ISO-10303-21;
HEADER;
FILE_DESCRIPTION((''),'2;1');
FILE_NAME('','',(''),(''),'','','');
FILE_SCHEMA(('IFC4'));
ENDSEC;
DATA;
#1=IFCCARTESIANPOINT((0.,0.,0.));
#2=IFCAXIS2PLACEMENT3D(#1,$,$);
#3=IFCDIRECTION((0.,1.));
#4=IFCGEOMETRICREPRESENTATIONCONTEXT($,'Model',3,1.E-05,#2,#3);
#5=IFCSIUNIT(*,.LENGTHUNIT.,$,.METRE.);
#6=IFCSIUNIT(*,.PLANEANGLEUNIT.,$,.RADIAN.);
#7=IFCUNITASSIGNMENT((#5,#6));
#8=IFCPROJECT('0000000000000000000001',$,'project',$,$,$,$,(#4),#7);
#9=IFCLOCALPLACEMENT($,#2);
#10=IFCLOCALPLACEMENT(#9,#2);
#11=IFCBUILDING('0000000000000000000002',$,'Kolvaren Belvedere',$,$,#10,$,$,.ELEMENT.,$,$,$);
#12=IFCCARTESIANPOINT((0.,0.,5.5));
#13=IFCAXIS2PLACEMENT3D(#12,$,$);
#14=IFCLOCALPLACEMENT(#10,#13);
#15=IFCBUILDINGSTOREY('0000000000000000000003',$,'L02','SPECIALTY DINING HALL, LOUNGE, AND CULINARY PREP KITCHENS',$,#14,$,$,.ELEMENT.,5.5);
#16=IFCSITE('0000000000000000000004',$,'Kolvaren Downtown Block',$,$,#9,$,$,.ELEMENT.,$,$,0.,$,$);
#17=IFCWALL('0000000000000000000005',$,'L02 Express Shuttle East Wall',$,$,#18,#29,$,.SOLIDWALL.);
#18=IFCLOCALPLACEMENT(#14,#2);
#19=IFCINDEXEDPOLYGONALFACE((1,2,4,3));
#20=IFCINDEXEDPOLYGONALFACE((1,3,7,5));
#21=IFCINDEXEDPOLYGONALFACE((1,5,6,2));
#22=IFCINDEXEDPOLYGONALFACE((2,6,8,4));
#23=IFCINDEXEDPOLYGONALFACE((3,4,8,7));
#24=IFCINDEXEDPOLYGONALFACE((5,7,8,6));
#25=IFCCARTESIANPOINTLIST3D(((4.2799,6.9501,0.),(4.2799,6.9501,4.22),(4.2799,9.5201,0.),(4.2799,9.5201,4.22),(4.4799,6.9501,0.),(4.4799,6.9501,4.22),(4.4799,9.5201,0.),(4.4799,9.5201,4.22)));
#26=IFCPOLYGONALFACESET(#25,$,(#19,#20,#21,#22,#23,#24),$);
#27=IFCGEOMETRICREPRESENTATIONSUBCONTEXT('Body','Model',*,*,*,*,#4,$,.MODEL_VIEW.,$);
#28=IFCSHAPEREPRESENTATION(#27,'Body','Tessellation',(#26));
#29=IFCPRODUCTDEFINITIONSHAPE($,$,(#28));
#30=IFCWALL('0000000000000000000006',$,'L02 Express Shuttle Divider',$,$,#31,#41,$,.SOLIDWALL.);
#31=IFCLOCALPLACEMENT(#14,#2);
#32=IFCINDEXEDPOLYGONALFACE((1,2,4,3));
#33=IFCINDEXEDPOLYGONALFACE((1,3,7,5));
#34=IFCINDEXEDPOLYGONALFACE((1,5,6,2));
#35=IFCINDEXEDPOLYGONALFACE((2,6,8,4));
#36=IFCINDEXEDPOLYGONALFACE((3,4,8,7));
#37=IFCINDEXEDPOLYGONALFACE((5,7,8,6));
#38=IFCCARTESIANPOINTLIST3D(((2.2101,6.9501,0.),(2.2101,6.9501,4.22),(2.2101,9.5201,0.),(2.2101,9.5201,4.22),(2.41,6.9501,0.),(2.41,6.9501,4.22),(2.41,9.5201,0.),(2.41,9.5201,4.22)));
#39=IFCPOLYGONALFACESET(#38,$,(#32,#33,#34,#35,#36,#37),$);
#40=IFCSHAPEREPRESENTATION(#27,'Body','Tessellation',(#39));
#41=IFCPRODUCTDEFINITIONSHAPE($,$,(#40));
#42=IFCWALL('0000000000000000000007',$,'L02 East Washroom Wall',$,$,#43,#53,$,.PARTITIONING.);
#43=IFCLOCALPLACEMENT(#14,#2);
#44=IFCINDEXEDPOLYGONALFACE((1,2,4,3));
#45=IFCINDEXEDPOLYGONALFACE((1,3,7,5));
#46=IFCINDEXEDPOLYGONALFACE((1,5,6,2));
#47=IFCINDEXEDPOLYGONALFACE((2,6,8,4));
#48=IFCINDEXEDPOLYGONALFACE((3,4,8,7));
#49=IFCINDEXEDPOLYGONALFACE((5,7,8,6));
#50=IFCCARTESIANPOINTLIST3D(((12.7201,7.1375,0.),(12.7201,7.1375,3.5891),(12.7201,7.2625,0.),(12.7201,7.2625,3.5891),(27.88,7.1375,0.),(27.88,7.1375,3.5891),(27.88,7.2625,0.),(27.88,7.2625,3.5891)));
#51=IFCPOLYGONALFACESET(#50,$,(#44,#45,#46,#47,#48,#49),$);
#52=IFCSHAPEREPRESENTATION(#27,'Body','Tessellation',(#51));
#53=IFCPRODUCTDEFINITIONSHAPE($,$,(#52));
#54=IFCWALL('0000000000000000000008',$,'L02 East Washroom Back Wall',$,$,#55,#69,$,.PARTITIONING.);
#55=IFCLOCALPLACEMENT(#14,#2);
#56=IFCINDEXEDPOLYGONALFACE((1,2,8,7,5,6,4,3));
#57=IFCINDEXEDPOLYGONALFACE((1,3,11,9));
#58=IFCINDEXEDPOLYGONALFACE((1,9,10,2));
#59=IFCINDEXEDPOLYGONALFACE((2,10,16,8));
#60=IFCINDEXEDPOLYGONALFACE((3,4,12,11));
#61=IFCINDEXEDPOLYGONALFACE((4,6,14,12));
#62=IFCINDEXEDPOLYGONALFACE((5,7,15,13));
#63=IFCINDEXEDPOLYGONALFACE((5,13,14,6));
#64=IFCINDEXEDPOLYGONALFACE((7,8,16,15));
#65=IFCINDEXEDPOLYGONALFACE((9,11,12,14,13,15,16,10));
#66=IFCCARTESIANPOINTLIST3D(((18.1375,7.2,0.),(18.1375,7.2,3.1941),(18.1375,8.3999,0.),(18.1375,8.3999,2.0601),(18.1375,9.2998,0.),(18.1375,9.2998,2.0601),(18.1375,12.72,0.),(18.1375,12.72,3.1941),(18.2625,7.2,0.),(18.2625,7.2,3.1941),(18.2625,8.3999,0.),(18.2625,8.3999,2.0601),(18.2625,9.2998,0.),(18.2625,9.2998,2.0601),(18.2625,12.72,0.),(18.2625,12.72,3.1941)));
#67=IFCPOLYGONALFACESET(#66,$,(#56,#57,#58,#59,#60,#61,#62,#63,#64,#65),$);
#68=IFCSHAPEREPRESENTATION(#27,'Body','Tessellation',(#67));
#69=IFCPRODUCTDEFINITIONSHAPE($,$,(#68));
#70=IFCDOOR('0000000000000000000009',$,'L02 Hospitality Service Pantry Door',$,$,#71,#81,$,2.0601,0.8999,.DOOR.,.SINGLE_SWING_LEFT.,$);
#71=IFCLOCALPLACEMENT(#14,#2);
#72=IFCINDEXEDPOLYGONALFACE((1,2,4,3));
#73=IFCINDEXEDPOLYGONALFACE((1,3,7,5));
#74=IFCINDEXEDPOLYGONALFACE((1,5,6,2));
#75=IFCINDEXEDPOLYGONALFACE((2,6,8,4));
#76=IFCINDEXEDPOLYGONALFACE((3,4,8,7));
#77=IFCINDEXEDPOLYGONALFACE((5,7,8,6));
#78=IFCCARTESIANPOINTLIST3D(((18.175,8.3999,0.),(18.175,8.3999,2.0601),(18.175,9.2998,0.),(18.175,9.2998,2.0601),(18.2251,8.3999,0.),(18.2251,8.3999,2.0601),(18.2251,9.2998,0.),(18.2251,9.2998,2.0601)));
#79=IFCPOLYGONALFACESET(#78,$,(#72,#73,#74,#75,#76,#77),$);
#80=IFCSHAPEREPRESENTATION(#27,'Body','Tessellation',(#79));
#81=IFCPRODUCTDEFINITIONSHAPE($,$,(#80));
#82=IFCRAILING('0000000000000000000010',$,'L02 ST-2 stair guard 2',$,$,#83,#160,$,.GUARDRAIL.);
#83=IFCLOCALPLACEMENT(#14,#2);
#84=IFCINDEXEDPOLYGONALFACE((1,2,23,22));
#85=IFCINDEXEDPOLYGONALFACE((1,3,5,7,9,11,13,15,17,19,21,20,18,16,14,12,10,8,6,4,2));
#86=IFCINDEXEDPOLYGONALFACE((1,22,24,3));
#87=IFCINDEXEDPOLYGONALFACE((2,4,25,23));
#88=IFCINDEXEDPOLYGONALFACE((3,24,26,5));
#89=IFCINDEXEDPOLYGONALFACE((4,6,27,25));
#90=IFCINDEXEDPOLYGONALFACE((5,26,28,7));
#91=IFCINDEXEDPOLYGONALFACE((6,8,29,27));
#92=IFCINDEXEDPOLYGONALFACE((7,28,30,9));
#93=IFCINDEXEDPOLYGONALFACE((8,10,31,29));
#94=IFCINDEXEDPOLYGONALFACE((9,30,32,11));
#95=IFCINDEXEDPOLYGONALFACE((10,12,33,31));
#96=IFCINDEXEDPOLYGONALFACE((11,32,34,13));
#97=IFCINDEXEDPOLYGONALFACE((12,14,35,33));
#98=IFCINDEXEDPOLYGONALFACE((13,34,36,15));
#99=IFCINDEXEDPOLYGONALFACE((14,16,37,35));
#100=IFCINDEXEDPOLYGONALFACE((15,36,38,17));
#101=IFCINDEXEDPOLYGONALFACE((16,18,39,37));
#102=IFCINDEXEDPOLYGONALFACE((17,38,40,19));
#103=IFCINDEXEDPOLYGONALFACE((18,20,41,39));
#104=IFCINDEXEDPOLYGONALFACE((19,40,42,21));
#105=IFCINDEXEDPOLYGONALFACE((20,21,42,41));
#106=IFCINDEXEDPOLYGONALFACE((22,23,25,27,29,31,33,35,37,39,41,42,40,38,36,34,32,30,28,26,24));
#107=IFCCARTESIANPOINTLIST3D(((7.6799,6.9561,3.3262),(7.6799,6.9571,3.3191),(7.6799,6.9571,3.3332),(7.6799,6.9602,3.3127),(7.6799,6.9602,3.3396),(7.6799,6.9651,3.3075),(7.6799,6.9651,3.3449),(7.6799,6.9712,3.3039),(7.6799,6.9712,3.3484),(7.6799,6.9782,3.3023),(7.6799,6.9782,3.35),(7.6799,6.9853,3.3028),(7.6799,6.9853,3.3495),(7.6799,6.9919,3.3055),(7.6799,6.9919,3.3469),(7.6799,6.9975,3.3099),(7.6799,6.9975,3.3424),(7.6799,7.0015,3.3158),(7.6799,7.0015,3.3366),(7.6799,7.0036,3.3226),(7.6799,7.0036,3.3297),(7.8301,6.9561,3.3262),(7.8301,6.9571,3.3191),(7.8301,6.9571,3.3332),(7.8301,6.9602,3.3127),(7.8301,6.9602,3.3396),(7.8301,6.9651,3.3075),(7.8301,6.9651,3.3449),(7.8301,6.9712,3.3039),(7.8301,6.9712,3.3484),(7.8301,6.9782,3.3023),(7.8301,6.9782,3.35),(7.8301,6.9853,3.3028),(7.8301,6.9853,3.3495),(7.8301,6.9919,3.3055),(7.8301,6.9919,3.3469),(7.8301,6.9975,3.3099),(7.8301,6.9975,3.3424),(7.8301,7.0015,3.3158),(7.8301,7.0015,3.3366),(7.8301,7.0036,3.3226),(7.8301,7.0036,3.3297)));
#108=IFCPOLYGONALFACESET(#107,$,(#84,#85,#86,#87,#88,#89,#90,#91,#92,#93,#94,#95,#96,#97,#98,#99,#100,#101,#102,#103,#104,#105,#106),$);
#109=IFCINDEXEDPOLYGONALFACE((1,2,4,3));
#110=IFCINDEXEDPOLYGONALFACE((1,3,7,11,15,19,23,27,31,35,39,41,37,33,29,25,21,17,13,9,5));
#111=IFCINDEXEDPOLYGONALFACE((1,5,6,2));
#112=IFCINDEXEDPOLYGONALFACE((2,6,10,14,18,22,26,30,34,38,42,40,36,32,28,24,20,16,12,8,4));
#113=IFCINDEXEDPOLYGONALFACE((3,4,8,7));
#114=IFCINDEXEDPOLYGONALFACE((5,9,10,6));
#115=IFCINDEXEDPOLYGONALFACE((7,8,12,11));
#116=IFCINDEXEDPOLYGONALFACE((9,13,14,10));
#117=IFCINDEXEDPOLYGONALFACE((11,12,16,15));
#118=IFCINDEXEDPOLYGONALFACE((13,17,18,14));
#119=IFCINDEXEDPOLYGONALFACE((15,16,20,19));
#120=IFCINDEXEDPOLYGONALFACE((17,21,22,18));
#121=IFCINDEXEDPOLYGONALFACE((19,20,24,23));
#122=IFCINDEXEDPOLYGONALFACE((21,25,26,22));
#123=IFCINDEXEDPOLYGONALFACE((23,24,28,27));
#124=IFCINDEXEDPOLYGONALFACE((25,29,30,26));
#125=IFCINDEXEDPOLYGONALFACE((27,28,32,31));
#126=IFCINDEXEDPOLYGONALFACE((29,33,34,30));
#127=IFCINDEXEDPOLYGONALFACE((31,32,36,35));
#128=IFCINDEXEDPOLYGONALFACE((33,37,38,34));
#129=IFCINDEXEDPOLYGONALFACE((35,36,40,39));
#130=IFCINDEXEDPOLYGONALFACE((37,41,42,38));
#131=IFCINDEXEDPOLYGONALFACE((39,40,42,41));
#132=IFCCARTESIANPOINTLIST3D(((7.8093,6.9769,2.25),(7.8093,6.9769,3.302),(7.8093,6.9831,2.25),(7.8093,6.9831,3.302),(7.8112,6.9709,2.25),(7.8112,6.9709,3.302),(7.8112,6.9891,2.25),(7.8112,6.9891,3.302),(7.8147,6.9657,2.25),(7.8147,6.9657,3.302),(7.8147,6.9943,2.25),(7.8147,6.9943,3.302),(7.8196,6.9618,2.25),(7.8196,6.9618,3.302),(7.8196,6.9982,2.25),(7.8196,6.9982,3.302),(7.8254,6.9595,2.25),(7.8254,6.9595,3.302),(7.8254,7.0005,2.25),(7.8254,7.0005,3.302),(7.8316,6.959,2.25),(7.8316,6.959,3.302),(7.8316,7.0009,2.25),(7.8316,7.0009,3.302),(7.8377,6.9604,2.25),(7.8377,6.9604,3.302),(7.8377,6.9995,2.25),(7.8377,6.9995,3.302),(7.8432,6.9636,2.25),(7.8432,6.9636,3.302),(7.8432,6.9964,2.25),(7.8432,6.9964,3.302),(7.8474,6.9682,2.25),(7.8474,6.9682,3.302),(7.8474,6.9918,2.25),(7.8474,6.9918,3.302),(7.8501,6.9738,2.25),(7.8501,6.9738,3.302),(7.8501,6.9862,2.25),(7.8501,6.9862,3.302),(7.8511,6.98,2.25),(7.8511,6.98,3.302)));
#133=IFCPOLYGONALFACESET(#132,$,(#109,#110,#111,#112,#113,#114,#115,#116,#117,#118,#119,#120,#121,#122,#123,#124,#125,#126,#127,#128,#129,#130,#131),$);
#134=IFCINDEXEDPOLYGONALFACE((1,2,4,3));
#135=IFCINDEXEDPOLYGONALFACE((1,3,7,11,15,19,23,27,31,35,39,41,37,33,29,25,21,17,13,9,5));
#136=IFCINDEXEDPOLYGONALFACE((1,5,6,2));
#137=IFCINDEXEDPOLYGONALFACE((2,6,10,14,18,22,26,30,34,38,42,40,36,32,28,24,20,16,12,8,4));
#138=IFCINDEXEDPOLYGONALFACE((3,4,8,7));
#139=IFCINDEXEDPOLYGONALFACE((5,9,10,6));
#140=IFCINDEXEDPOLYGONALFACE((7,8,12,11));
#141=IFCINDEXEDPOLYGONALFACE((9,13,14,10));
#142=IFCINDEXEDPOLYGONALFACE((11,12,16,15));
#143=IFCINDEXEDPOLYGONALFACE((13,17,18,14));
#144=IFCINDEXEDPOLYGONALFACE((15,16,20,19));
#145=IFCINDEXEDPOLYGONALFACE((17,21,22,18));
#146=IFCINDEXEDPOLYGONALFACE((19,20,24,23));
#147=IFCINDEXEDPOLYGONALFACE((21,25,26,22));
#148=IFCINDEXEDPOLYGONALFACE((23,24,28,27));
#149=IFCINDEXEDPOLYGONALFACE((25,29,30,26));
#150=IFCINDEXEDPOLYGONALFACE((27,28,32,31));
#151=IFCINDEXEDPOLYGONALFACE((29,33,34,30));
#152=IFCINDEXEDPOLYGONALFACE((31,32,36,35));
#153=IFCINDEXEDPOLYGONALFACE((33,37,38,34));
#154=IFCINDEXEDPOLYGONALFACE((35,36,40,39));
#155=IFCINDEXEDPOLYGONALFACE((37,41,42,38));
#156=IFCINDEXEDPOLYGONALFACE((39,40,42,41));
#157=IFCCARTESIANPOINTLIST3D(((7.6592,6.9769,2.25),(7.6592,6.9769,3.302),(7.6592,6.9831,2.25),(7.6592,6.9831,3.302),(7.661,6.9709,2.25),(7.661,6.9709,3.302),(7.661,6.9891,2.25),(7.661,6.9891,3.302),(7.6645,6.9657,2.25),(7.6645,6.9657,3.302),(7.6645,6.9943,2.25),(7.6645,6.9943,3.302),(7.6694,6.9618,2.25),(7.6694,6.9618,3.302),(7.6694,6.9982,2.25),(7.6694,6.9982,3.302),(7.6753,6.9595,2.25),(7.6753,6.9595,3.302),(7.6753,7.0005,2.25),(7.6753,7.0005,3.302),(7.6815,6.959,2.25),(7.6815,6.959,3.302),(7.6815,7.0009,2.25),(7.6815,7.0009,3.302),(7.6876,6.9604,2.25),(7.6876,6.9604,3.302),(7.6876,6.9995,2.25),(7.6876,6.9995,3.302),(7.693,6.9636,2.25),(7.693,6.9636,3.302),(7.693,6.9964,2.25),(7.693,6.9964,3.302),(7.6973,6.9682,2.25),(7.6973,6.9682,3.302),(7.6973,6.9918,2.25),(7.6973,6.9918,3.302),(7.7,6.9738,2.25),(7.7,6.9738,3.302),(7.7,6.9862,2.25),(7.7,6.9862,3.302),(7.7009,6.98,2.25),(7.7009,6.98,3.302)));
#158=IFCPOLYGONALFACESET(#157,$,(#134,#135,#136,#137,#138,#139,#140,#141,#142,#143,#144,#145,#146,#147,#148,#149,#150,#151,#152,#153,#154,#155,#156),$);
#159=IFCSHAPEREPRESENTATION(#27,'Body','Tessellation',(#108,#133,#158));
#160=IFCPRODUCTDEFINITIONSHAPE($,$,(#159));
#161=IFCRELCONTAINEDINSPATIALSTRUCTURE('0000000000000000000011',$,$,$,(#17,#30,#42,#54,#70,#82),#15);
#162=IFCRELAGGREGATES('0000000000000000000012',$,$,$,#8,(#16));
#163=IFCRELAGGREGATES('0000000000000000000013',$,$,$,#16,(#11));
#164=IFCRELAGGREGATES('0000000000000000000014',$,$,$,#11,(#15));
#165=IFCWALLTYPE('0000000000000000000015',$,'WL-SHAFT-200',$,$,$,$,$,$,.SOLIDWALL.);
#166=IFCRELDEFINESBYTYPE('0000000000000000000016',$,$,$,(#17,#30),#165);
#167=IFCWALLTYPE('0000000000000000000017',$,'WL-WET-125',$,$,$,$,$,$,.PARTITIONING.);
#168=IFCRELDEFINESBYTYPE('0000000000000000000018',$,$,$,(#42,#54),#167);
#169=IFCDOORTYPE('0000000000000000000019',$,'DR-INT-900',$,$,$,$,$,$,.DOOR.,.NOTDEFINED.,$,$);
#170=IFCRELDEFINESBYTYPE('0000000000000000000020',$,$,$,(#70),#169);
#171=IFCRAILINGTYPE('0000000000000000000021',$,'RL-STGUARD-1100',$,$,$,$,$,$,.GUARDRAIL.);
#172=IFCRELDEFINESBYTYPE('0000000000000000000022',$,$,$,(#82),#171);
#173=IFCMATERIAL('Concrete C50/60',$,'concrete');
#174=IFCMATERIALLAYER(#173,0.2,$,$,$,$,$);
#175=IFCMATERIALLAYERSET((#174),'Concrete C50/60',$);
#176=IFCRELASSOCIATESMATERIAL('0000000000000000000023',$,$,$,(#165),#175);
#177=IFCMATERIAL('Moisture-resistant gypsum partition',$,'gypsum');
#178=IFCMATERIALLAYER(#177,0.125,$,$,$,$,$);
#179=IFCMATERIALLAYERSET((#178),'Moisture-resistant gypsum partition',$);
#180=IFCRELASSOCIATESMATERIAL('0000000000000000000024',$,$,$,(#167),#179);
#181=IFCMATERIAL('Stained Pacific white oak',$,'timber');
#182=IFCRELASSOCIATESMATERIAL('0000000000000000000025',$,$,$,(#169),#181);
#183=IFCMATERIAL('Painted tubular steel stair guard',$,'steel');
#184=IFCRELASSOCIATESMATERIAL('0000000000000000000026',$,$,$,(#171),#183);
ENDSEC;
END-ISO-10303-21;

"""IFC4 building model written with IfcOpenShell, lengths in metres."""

from ifc_helpers import new_model, si_unit, direction, frame, frame_2d, origin, origin_2d, place, context, subcontext, project, spatial, rectangle, circle, extrude, material, layer, layer_set, type_object, element, fill, save


model = new_model("IFC4")

# Units and contexts
model_context = context("Model", 3, precision=1e-05, world=origin(), true_north=direction((0.0, 1.0)))
body_context = subcontext(model_context, "Body", "Model", "MODEL_VIEW")
ifc_project = project(units=[si_unit("LENGTHUNIT", "METRE"), si_unit("PLANEANGLEUNIT", "RADIAN")], contexts=[model_context])

# Site, building, storey
site_placement = place(None, origin())
site = spatial("IfcSite", under=ifc_project, at=site_placement, Name="Kolvaren Downtown Block", CompositionType="ELEMENT", RefElevation=0.0)
building_placement = place(site_placement, origin())
building = spatial("IfcBuilding", under=site, at=building_placement, Name="Kolvaren Belvedere", CompositionType="ELEMENT")
storey_placement = place(building_placement, frame((0.0, 0.0, 5.5)))
storey = spatial("IfcBuildingStorey", under=building, at=storey_placement, Name="L02", Description="SPECIALTY DINING HALL, LOUNGE, AND CULINARY PREP KITCHENS", CompositionType="ELEMENT", Elevation=5.5)

# Walls
ifc_material_1 = material(Name="Concrete C50/60", Category="concrete")
ifc_layer_1 = layer(ifc_material_1, 0.2)
ifc_layer_set_1 = layer_set([ifc_layer_1], Name="Concrete C50/60")
wall_type_1 = type_object("IfcWallType", Name="WL-SHAFT-200", PredefinedType="SOLIDWALL", material=ifc_layer_set_1)
for number, where, z_axis, x_axis, name in (
    (1, (4.3799, 6.95, 0.0), (0.0, 0.0, 1.0), (0.0, 1.0, 0.0), "L02 Express Shuttle East Wall"),
    (2, (2.3101, 6.95, 0.0), (0.0, 0.0, 1.0), (0.0, 1.0, 0.0), "L02 Express Shuttle Divider"),
):
    element("IfcWall", number, at=place(storey_placement, frame(where, z_axis=z_axis, x_axis=x_axis)), inside=storey, type_object=wall_type_1, Name=name, PredefinedType="SOLIDWALL", context=body_context, shape_type="SweptSolid", body=[
        extrude(rectangle(XDim=2.5701, YDim=0.2, at=frame_2d((1.2852, 0.0))), origin(), (0.0, 0.0, 1.0), 4.22),
    ])
ifc_material_2 = material(Name="Moisture-resistant gypsum partition", Category="gypsum")
ifc_layer_2 = layer(ifc_material_2, 0.125)
ifc_layer_set_2 = layer_set([ifc_layer_2], Name="Moisture-resistant gypsum partition")
wall_type_2 = type_object("IfcWallType", Name="WL-WET-125", PredefinedType="PARTITIONING", material=ifc_layer_set_2)
wall_1_placement = place(storey_placement, frame((12.72, 7.2, 0.0), z_axis=(0.0, 0.0, 1.0), x_axis=(1.0, 0.0, 0.0)))
element("IfcWall", 3, at=wall_1_placement, inside=storey, type_object=wall_type_2, Name="L02 East Washroom Wall", PredefinedType="PARTITIONING", context=body_context, shape_type="SweptSolid", body=[
    extrude(rectangle(XDim=15.1599, YDim=0.125, at=frame_2d((7.5801, 0.0))), origin(), (0.0, 0.0, 1.0), 3.5891),
])

# Wall, opening, door
wall_2_placement = place(storey_placement, frame((18.2, 7.2, 0.0), z_axis=(0.0, 0.0, 1.0), x_axis=(0.0, 1.0, 0.0)))
wall_2 = element("IfcWall", 4, at=wall_2_placement, inside=storey, type_object=wall_type_2, Name="L02 East Washroom Back Wall", PredefinedType="PARTITIONING", context=body_context, shape_type="SweptSolid", body=[
    extrude(rectangle(XDim=5.52, YDim=0.125, at=frame_2d((2.76, 0.0))), origin(), (0.0, 0.0, 1.0), 3.1941),
])
opening_placement = place(wall_2_placement, frame((1.2, 0.0, 0.0)))
opening = element("IfcOpeningElement", 5, at=opening_placement, cuts=wall_2, PredefinedType="OPENING", context=body_context, shape_type="SweptSolid", body=[
    extrude(rectangle(XDim=0.8999, YDim=2.0601, at=frame_2d((0.45, 1.03))), frame((0.0, 0.0725, 0.0), z_axis=(0.0, -1.0, 0.0), x_axis=(1.0, 0.0, 0.0)), (0.0, 0.0, 1.0), 0.145),
])
ifc_material_3 = material(Name="Stained Pacific white oak", Category="timber")
door_type = type_object("IfcDoorType", Name="DR-INT-900", OperationType="NOTDEFINED", PredefinedType="DOOR", material=ifc_material_3)
door_placement = place(opening_placement, origin())
door = element("IfcDoor", 6, at=door_placement, inside=storey, type_object=door_type, Name="L02 Hospitality Service Pantry Door", OperationType="SINGLE_SWING_LEFT", OverallHeight=2.0601, OverallWidth=0.8999, PredefinedType="DOOR", context=body_context, shape_type="SweptSolid", body=[
    extrude(rectangle(XDim=0.8999, YDim=2.0601, at=frame_2d((0.45, 1.03))), frame((0.0, 0.0249, 0.0), z_axis=(0.0, -1.0, 0.0), x_axis=(1.0, 0.0, 0.0)), (0.0, 0.0, 1.0), 0.05),
])
fill(opening, door)

# Railing
ifc_material_4 = material(Name="Painted tubular steel stair guard", Category="steel")
railing_type = type_object("IfcRailingType", Name="RL-STGUARD-1100", PredefinedType="GUARDRAIL", material=ifc_material_4)
railing_placement = place(storey_placement, frame((7.8301, 6.98, 2.25)))
element("IfcRailing", 7, at=railing_placement, inside=storey, type_object=railing_type, Name="L02 ST-2 stair guard 2", PredefinedType="GUARDRAIL", context=body_context, shape_type="SweptSolid", body=[
    extrude(circle(Radius=0.0239, at=origin_2d()), frame((0.0, 0.0, 1.0762), z_axis=(-1.0, 0.0, 0.0), x_axis=(0.0, -1.0, 0.0)), (0.0, 0.0, 1.0), 0.1501),
    extrude(circle(Radius=0.021, at=origin_2d()), origin(), (0.0, 0.0, 1.0), 1.052),
    extrude(circle(Radius=0.021, at=origin_2d()), frame((-0.1501, 0.0, 0.0)), (0.0, 0.0, 1.0), 1.052),
])

save(model, "model.ifc")
